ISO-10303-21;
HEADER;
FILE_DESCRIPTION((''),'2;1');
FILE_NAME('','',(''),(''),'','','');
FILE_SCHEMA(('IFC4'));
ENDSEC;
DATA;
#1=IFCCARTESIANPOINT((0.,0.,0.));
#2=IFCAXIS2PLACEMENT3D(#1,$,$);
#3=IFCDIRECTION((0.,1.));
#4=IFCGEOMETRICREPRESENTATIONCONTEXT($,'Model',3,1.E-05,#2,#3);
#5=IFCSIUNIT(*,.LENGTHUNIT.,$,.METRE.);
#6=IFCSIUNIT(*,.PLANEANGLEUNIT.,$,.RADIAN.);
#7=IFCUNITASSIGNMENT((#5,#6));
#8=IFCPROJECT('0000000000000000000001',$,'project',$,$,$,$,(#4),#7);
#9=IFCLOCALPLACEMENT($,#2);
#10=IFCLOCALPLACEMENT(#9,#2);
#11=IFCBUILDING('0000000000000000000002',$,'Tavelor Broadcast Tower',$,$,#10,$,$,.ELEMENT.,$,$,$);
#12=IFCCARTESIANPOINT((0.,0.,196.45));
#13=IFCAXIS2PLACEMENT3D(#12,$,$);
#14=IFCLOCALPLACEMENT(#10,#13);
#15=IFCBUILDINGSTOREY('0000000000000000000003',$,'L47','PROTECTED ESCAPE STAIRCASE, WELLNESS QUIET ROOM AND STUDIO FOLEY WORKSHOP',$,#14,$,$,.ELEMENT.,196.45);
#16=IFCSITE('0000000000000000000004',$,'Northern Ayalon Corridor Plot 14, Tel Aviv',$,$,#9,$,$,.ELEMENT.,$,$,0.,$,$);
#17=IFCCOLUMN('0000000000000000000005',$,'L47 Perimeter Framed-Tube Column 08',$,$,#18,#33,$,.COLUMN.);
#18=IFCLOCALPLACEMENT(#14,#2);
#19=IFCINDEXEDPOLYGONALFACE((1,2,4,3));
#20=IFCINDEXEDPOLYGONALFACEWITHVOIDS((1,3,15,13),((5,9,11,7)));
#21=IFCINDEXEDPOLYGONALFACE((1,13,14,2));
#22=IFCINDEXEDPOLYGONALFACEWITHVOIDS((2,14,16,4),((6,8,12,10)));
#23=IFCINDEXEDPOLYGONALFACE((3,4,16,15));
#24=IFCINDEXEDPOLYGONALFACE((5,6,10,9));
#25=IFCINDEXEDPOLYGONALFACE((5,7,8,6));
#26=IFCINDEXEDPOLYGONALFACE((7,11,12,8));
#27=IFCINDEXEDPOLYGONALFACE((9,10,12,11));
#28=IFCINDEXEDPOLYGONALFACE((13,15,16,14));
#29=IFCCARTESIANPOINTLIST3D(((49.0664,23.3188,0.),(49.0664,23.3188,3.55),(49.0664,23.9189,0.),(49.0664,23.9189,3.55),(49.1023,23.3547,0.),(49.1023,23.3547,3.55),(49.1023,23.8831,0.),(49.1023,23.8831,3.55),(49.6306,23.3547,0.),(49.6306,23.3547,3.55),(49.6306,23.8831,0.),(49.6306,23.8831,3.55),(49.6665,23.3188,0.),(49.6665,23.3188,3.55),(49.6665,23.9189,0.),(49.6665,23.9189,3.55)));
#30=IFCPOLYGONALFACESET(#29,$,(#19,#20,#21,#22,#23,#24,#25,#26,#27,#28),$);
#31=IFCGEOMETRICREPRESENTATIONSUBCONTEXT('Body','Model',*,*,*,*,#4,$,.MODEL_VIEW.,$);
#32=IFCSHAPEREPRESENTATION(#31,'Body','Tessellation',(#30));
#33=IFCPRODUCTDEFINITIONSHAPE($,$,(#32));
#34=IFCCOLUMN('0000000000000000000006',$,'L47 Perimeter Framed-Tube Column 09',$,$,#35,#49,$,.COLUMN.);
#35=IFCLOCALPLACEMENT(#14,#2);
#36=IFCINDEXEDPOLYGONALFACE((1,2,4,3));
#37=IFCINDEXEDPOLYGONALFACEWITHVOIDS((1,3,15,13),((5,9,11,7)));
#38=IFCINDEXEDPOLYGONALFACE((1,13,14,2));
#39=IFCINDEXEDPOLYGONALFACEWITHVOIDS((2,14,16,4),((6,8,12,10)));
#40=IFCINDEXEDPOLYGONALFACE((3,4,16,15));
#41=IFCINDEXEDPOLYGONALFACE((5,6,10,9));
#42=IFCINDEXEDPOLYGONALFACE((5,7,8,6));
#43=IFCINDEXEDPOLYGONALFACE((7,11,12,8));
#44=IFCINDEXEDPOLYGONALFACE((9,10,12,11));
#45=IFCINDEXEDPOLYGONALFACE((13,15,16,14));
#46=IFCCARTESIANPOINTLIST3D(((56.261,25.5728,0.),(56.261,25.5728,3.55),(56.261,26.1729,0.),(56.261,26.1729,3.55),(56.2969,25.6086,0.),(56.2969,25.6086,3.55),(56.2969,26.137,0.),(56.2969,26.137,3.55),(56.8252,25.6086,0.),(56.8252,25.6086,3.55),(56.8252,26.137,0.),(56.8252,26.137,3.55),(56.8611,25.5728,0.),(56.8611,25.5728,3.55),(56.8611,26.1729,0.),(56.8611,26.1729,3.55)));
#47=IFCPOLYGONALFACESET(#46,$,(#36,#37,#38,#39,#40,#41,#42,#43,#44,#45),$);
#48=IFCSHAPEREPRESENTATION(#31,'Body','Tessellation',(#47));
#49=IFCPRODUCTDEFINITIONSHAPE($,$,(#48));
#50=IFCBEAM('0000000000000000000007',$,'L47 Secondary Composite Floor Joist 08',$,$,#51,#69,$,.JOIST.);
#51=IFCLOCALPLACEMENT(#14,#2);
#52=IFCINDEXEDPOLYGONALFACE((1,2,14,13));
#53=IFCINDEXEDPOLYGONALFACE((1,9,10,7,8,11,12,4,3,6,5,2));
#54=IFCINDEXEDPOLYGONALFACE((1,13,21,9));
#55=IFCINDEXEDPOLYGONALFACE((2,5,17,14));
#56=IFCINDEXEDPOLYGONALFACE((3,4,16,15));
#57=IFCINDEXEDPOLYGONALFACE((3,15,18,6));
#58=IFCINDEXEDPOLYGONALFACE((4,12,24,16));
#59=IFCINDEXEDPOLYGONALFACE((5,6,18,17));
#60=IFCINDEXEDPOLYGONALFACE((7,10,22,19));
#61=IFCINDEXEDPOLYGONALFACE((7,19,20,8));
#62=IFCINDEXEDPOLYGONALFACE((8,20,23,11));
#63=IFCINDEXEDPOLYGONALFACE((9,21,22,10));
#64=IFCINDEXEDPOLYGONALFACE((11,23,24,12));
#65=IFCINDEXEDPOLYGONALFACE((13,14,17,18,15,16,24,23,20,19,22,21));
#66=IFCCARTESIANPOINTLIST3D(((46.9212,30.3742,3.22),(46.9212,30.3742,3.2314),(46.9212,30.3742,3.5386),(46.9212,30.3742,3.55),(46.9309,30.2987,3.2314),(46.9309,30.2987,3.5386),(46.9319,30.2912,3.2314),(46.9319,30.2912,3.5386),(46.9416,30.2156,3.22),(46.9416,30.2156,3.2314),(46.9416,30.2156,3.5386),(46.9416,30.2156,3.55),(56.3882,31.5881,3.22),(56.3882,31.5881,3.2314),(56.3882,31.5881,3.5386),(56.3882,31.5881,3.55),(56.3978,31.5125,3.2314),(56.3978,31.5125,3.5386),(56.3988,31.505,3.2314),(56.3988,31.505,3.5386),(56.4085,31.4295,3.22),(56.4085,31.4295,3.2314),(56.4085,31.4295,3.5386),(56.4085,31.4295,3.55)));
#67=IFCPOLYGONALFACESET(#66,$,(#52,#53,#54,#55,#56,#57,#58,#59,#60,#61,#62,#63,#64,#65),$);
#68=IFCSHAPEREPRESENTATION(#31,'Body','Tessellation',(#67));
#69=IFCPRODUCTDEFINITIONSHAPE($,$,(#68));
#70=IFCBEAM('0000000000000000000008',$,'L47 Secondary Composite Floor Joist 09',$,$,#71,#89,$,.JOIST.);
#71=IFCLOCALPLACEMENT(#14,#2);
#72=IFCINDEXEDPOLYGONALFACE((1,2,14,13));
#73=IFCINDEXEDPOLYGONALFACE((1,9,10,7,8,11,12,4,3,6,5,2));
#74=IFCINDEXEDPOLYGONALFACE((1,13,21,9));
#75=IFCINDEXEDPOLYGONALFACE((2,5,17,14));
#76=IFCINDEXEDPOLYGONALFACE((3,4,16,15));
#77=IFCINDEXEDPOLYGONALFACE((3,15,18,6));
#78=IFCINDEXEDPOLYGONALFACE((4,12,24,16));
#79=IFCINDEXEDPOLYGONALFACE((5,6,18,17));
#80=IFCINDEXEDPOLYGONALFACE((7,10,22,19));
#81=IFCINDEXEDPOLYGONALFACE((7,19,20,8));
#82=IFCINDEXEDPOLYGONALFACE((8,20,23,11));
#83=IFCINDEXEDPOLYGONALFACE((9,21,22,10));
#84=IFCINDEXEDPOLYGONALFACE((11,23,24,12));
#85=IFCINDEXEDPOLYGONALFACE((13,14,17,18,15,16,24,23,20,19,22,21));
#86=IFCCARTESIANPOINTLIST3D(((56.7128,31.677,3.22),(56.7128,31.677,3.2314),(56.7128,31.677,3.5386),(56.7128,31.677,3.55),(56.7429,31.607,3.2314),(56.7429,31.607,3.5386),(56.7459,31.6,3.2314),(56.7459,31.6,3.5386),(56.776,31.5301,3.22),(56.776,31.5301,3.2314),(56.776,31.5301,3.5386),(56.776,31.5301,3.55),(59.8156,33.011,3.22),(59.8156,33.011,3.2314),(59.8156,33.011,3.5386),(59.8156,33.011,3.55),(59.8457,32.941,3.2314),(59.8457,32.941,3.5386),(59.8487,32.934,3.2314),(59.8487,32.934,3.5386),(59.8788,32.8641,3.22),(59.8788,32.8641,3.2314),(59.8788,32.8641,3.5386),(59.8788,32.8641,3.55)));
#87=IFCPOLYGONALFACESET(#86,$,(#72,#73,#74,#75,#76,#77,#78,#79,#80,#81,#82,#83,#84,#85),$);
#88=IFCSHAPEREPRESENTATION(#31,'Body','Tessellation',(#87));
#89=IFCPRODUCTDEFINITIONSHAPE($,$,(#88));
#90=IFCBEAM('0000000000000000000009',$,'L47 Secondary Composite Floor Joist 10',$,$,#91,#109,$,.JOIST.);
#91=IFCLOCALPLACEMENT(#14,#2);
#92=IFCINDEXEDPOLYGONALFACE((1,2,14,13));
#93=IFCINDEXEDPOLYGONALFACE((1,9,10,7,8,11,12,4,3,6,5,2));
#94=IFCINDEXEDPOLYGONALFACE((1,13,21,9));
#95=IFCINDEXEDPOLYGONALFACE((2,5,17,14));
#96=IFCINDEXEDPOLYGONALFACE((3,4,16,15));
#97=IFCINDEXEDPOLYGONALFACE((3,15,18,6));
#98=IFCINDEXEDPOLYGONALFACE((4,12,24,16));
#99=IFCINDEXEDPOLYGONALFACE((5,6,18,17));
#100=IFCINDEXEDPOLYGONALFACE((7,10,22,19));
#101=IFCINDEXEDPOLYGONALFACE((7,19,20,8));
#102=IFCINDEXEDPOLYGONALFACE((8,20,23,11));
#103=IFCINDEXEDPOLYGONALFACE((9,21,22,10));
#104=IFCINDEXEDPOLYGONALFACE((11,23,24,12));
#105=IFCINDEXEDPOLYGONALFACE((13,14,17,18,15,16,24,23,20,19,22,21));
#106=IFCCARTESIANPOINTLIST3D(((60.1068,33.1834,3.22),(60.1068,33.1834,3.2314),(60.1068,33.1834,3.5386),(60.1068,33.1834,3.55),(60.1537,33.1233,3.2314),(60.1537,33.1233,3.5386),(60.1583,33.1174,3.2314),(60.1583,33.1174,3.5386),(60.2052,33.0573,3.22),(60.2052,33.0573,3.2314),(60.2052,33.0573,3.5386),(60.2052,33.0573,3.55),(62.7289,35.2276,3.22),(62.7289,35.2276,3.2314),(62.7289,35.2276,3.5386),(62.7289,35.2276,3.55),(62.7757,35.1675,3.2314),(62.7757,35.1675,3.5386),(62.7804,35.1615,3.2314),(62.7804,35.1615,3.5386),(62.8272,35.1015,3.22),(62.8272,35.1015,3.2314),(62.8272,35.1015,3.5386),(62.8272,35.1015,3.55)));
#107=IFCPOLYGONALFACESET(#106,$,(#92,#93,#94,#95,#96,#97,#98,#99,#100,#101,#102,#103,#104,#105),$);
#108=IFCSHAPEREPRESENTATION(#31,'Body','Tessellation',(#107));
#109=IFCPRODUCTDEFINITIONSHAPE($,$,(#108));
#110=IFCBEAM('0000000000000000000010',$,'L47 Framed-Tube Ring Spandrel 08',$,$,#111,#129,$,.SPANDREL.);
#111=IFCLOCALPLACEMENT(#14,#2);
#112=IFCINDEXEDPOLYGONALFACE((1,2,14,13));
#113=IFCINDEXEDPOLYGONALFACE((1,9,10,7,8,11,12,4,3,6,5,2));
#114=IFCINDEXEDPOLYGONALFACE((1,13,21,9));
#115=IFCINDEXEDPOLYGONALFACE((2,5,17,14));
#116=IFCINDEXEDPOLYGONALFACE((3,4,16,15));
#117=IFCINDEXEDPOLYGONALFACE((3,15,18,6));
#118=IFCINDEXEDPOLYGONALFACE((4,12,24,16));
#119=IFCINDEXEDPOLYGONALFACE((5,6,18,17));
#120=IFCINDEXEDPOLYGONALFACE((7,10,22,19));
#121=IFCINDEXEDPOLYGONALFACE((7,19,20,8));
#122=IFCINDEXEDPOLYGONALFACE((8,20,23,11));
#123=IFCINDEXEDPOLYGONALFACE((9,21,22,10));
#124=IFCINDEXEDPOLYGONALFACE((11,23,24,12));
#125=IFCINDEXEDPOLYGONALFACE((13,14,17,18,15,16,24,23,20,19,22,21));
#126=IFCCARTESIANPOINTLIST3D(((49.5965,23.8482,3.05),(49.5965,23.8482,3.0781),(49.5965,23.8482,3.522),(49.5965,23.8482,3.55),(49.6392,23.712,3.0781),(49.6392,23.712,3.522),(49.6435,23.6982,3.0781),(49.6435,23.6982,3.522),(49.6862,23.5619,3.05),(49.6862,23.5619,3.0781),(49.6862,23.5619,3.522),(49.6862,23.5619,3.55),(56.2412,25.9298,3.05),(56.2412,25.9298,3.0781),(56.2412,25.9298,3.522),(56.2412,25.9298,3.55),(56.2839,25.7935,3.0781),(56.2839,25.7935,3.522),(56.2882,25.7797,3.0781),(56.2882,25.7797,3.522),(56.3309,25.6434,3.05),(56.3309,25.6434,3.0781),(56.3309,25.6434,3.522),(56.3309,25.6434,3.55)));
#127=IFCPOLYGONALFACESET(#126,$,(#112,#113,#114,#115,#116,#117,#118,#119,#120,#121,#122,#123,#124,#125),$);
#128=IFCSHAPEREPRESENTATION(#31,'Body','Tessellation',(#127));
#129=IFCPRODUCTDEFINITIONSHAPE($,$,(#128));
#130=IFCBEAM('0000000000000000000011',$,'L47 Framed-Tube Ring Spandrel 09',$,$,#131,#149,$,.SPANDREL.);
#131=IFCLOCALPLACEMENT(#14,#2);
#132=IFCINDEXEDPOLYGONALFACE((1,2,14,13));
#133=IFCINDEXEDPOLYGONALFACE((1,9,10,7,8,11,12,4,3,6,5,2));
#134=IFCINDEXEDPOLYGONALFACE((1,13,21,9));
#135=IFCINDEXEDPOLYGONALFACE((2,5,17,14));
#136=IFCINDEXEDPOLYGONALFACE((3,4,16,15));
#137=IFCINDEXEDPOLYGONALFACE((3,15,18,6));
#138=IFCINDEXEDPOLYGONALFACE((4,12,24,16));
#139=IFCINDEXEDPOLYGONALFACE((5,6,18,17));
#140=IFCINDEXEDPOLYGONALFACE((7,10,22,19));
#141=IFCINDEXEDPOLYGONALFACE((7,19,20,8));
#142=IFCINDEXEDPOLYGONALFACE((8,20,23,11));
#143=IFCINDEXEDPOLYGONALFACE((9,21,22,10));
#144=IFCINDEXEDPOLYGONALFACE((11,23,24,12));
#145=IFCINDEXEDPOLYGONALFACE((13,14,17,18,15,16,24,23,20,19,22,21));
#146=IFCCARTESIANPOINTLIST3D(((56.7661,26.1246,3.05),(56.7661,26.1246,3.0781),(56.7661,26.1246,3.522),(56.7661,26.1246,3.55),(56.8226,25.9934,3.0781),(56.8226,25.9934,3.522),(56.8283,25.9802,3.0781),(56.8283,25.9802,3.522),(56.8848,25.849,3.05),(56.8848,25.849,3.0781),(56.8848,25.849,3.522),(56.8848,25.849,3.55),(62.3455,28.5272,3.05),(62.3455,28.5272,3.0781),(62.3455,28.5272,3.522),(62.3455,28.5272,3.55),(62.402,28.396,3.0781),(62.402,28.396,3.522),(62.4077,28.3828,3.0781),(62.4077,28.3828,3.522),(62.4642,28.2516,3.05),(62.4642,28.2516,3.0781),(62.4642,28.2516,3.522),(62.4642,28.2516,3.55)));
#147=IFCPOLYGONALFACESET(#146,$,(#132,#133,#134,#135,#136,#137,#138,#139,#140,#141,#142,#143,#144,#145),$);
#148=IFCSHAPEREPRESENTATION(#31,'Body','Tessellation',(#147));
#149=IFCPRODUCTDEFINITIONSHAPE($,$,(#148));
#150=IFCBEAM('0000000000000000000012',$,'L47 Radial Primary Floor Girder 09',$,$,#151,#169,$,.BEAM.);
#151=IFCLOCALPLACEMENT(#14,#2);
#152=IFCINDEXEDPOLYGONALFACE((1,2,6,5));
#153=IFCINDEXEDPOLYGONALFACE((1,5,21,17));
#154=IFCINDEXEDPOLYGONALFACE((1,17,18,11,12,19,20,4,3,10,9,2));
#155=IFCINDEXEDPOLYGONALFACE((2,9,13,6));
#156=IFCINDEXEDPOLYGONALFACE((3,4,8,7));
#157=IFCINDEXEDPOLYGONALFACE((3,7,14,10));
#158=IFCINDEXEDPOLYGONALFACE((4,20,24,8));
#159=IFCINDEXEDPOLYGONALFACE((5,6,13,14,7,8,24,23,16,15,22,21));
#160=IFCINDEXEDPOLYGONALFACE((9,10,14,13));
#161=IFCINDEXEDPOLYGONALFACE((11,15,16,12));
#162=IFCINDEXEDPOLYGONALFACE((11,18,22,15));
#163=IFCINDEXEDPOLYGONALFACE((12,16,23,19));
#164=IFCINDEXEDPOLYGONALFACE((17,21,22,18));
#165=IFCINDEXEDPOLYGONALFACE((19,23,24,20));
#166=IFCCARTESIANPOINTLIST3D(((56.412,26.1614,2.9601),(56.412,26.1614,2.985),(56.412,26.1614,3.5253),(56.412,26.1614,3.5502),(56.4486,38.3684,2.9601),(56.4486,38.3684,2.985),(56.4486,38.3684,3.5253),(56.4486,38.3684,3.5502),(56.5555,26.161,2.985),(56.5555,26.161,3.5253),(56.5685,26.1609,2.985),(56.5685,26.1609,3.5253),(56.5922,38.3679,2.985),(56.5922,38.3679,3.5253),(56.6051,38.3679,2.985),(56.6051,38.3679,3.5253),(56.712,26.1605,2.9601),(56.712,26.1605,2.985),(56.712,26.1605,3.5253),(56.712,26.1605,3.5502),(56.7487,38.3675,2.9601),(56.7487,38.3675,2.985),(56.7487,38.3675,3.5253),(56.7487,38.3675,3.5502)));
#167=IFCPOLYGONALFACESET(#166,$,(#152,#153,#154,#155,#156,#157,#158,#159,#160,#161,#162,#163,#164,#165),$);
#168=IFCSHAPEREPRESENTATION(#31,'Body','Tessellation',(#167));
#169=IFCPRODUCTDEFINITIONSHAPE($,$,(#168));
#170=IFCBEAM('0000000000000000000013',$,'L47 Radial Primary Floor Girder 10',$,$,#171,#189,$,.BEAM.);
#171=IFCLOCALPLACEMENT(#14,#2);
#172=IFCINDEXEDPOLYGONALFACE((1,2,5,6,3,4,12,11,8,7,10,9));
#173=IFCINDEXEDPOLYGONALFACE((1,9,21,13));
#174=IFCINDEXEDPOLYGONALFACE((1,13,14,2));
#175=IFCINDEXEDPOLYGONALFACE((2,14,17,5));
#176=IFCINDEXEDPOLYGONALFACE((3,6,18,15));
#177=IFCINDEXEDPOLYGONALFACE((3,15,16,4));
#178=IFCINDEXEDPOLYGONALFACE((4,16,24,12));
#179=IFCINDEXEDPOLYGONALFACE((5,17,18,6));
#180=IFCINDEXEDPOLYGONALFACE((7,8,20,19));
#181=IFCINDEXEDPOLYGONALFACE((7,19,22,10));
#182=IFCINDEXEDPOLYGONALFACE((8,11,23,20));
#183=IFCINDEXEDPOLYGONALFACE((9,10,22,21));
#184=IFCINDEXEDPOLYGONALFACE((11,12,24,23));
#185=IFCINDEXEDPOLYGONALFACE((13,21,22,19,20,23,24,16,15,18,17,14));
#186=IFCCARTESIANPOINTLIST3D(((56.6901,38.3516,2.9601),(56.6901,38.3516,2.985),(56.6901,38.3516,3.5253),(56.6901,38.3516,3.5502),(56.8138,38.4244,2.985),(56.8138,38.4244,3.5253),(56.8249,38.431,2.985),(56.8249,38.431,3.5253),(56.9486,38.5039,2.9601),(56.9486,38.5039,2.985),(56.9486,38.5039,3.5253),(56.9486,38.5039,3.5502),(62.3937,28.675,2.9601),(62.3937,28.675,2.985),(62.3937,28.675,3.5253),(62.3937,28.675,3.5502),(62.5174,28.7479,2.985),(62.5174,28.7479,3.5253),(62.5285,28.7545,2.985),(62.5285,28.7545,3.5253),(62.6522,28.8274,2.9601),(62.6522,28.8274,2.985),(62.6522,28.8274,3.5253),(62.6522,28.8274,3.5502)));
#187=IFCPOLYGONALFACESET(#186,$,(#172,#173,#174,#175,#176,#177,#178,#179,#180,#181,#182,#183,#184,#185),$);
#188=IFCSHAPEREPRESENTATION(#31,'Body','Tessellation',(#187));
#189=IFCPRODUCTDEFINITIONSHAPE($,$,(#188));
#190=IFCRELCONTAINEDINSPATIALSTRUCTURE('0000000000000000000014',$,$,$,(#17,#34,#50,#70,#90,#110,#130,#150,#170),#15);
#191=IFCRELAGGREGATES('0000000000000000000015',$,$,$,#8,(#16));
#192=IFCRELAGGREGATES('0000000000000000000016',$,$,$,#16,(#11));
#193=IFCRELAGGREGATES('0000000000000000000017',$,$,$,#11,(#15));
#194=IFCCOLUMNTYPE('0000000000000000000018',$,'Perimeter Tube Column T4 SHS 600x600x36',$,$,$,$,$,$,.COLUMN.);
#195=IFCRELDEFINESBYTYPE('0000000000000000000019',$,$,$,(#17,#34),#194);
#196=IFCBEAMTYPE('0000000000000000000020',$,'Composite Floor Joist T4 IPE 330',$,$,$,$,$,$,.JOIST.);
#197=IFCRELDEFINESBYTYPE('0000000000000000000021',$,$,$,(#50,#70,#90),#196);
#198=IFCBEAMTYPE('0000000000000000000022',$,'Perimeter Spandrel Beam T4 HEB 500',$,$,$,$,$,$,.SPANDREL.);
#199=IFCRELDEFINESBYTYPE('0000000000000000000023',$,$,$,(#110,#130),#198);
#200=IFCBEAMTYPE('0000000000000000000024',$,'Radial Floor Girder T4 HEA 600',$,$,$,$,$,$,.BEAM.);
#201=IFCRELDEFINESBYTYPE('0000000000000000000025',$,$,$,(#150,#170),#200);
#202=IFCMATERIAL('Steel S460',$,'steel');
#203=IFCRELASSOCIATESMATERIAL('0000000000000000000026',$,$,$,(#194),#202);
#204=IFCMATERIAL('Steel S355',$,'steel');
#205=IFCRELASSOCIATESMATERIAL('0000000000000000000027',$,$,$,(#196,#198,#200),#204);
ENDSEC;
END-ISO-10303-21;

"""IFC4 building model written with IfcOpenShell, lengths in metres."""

from ifc_helpers import new_model, si_unit, direction, frame, origin, origin_2d, place, context, subcontext, project, spatial, hollow_rectangle, i_section, extrude, material, material_profile, profile_set, type_object, element, save


model = new_model("IFC4")

# Units and contexts
model_context = context("Model", 3, precision=1e-05, world=origin(), true_north=direction((0.0, 1.0)))
body_context = subcontext(model_context, "Body", "Model", "MODEL_VIEW")
ifc_project = project(units=[si_unit("LENGTHUNIT", "METRE"), si_unit("PLANEANGLEUNIT", "RADIAN")], contexts=[model_context])

# Site, building, storey
site_placement = place(None, origin())
site = spatial("IfcSite", under=ifc_project, at=site_placement, Name="Northern Ayalon Corridor Plot 14, Tel Aviv", CompositionType="ELEMENT", RefElevation=0.0)
building_placement = place(site_placement, origin())
building = spatial("IfcBuilding", under=site, at=building_placement, Name="Tavelor Broadcast Tower", CompositionType="ELEMENT")
storey_placement = place(building_placement, frame((0.0, 0.0, 196.45)))
storey = spatial("IfcBuildingStorey", under=building, at=storey_placement, Name="L47", Description="PROTECTED ESCAPE STAIRCASE, WELLNESS QUIET ROOM AND STUDIO FOLEY WORKSHOP", CompositionType="ELEMENT", Elevation=196.45)

# Columns
ifc_material_1 = material(Name="Steel S460", Category="steel")
ifc_material_profile_1 = material_profile(ifc_material_1, hollow_rectangle(XDim=0.6001, YDim=0.6001, WallThickness=0.0359, at=origin_2d()), Name="SHS 600x600x36")
ifc_profile_set_1 = profile_set([ifc_material_profile_1], Name="Steel S460")
column_type = type_object("IfcColumnType", Name="Perimeter Tube Column T4 SHS 600x600x36", PredefinedType="COLUMN", material=ifc_profile_set_1)
for number, where, z_axis, x_axis, name in (
    (1, (49.3665, 23.6189, 0.0), (0.0, 0.0, 1.0), (1.0, 0.0, 0.0), "L47 Perimeter Framed-Tube Column 08"),
    (2, (56.561, 25.8728, 0.0), (0.0, 0.0, 1.0), (1.0, 0.0, 0.0), "L47 Perimeter Framed-Tube Column 09"),
):
    element("IfcColumn", number, at=place(storey_placement, frame(where, z_axis=z_axis, x_axis=x_axis)), inside=storey, type_object=column_type, Name=name, PredefinedType="COLUMN", context=body_context, shape_type="SweptSolid", body=[
        extrude(hollow_rectangle(XDim=0.6001, YDim=0.6001, WallThickness=0.0359, at=origin_2d()), origin(), (0.0, 0.0, 1.0), 3.55),
    ])

# Beams
ifc_material_2 = material(Name="Steel S355", Category="steel")
ifc_material_profile_2 = material_profile(ifc_material_2, i_section(OverallWidth=0.1599, OverallDepth=0.3301, WebThickness=0.0076, FlangeThickness=0.0115, at=origin_2d()), Name="IPE 330")
ifc_profile_set_2 = profile_set([ifc_material_profile_2], Name="Steel S355")
beam_type_1 = type_object("IfcBeamType", Name="Composite Floor Joist T4 IPE 330", PredefinedType="JOIST", material=ifc_profile_set_2)
beam_1_placement = place(storey_placement, frame((46.9314, 30.2949, 3.385), z_axis=(0.99188, 0.127179, 0.0), x_axis=(-0.127179, 0.99188, 0.0)))
element("IfcBeam", 3, at=beam_1_placement, inside=storey, type_object=beam_type_1, Name="L47 Secondary Composite Floor Joist 08", PredefinedType="JOIST", context=body_context, shape_type="SweptSolid", body=[
    extrude(i_section(OverallWidth=0.1599, OverallDepth=0.3301, WebThickness=0.0076, FlangeThickness=0.0115, at=origin_2d()), origin(), (0.0, 0.0, 1.0), 9.5444),
])
beam_2_placement = place(storey_placement, frame((56.7444, 31.6035, 3.385), z_axis=(0.918692, 0.394975, 0.0), x_axis=(-0.394975, 0.918692, 0.0)))
element("IfcBeam", 4, at=beam_2_placement, inside=storey, type_object=beam_type_1, Name="L47 Secondary Composite Floor Joist 09", PredefinedType="JOIST", context=body_context, shape_type="SweptSolid", body=[
    extrude(i_section(OverallWidth=0.1599, OverallDepth=0.3301, WebThickness=0.0076, FlangeThickness=0.0115, at=origin_2d()), origin(), (0.0, 0.0, 1.0), 3.3774),
])
beam_3_placement = place(storey_placement, frame((60.156, 33.1204, 3.385), z_axis=(0.788652, 0.61484, 0.0), x_axis=(-0.61484, 0.788652, 0.0)))
element("IfcBeam", 5, at=beam_3_placement, inside=storey, type_object=beam_type_1, Name="L47 Secondary Composite Floor Joist 10", PredefinedType="JOIST", context=body_context, shape_type="SweptSolid", body=[
    extrude(i_section(OverallWidth=0.1599, OverallDepth=0.3301, WebThickness=0.0076, FlangeThickness=0.0115, at=origin_2d()), origin(), (0.0, 0.0, 1.0), 3.3247),
])
ifc_material_profile_3 = material_profile(ifc_material_2, i_section(OverallWidth=0.3, OverallDepth=0.5, WebThickness=0.0144, FlangeThickness=0.0281, at=origin_2d()), Name="HEB 500")
ifc_profile_set_3 = profile_set([ifc_material_profile_3], Name="Steel S355")
beam_type_2 = type_object("IfcBeamType", Name="Perimeter Spandrel Beam T4 HEB 500", PredefinedType="SPANDREL", material=ifc_profile_set_3)
beam_4_placement = place(storey_placement, frame((49.6414, 23.7051, 3.3), z_axis=(0.954273, 0.298936, 0.0), x_axis=(-0.298936, 0.954273, 0.0)))
element("IfcBeam", 6, at=beam_4_placement, inside=storey, type_object=beam_type_2, Name="L47 Framed-Tube Ring Spandrel 08", PredefinedType="SPANDREL", context=body_context, shape_type="SweptSolid", body=[
    extrude(i_section(OverallWidth=0.3, OverallDepth=0.5, WebThickness=0.0144, FlangeThickness=0.0281, at=origin_2d()), origin(), (0.0, 0.0, 1.0), 6.9631),
])
beam_5_placement = place(storey_placement, frame((56.8254, 25.9868, 3.3), z_axis=(0.918462, 0.39551, 0.0), x_axis=(-0.39551, 0.918462, 0.0)))
element("IfcBeam", 7, at=beam_5_placement, inside=storey, type_object=beam_type_2, Name="L47 Framed-Tube Ring Spandrel 09", PredefinedType="SPANDREL", context=body_context, shape_type="SweptSolid", body=[
    extrude(i_section(OverallWidth=0.3, OverallDepth=0.5, WebThickness=0.0144, FlangeThickness=0.0281, at=origin_2d()), origin(), (0.0, 0.0, 1.0), 6.0747),
])
ifc_material_profile_4 = material_profile(ifc_material_2, i_section(OverallWidth=0.3, OverallDepth=0.5901, WebThickness=0.0129, FlangeThickness=0.0249, at=origin_2d()), Name="HEA 600")
ifc_profile_set_4 = profile_set([ifc_material_profile_4], Name="Steel S355")
beam_type_3 = type_object("IfcBeamType", Name="Radial Floor Girder T4 HEA 600", PredefinedType="BEAM", material=ifc_profile_set_4)
beam_6_placement = place(storey_placement, frame((56.5986, 38.3679, 3.2551), z_axis=(-0.003, -0.999996, 0.0), x_axis=(0.999996, -0.003, 0.0)))
element("IfcBeam", 8, at=beam_6_placement, inside=storey, type_object=beam_type_3, Name="L47 Radial Primary Floor Girder 09", PredefinedType="BEAM", context=body_context, shape_type="SweptSolid", body=[
    extrude(i_section(OverallWidth=0.3, OverallDepth=0.5901, WebThickness=0.0129, FlangeThickness=0.0249, at=origin_2d()), origin(), (0.0, 0.0, 1.0), 12.207),
])
beam_7_placement = place(storey_placement, frame((56.8193, 38.4277, 3.2551), z_axis=(0.507784, -0.861485, 0.0), x_axis=(0.861485, 0.507784, 0.0)))
element("IfcBeam", 9, at=beam_7_placement, inside=storey, type_object=beam_type_3, Name="L47 Radial Primary Floor Girder 10", PredefinedType="BEAM", context=body_context, shape_type="SweptSolid", body=[
    extrude(i_section(OverallWidth=0.3, OverallDepth=0.5901, WebThickness=0.0129, FlangeThickness=0.0249, at=origin_2d()), origin(), (0.0, 0.0, 1.0), 11.2324),
])

save(model, "model.ifc")
